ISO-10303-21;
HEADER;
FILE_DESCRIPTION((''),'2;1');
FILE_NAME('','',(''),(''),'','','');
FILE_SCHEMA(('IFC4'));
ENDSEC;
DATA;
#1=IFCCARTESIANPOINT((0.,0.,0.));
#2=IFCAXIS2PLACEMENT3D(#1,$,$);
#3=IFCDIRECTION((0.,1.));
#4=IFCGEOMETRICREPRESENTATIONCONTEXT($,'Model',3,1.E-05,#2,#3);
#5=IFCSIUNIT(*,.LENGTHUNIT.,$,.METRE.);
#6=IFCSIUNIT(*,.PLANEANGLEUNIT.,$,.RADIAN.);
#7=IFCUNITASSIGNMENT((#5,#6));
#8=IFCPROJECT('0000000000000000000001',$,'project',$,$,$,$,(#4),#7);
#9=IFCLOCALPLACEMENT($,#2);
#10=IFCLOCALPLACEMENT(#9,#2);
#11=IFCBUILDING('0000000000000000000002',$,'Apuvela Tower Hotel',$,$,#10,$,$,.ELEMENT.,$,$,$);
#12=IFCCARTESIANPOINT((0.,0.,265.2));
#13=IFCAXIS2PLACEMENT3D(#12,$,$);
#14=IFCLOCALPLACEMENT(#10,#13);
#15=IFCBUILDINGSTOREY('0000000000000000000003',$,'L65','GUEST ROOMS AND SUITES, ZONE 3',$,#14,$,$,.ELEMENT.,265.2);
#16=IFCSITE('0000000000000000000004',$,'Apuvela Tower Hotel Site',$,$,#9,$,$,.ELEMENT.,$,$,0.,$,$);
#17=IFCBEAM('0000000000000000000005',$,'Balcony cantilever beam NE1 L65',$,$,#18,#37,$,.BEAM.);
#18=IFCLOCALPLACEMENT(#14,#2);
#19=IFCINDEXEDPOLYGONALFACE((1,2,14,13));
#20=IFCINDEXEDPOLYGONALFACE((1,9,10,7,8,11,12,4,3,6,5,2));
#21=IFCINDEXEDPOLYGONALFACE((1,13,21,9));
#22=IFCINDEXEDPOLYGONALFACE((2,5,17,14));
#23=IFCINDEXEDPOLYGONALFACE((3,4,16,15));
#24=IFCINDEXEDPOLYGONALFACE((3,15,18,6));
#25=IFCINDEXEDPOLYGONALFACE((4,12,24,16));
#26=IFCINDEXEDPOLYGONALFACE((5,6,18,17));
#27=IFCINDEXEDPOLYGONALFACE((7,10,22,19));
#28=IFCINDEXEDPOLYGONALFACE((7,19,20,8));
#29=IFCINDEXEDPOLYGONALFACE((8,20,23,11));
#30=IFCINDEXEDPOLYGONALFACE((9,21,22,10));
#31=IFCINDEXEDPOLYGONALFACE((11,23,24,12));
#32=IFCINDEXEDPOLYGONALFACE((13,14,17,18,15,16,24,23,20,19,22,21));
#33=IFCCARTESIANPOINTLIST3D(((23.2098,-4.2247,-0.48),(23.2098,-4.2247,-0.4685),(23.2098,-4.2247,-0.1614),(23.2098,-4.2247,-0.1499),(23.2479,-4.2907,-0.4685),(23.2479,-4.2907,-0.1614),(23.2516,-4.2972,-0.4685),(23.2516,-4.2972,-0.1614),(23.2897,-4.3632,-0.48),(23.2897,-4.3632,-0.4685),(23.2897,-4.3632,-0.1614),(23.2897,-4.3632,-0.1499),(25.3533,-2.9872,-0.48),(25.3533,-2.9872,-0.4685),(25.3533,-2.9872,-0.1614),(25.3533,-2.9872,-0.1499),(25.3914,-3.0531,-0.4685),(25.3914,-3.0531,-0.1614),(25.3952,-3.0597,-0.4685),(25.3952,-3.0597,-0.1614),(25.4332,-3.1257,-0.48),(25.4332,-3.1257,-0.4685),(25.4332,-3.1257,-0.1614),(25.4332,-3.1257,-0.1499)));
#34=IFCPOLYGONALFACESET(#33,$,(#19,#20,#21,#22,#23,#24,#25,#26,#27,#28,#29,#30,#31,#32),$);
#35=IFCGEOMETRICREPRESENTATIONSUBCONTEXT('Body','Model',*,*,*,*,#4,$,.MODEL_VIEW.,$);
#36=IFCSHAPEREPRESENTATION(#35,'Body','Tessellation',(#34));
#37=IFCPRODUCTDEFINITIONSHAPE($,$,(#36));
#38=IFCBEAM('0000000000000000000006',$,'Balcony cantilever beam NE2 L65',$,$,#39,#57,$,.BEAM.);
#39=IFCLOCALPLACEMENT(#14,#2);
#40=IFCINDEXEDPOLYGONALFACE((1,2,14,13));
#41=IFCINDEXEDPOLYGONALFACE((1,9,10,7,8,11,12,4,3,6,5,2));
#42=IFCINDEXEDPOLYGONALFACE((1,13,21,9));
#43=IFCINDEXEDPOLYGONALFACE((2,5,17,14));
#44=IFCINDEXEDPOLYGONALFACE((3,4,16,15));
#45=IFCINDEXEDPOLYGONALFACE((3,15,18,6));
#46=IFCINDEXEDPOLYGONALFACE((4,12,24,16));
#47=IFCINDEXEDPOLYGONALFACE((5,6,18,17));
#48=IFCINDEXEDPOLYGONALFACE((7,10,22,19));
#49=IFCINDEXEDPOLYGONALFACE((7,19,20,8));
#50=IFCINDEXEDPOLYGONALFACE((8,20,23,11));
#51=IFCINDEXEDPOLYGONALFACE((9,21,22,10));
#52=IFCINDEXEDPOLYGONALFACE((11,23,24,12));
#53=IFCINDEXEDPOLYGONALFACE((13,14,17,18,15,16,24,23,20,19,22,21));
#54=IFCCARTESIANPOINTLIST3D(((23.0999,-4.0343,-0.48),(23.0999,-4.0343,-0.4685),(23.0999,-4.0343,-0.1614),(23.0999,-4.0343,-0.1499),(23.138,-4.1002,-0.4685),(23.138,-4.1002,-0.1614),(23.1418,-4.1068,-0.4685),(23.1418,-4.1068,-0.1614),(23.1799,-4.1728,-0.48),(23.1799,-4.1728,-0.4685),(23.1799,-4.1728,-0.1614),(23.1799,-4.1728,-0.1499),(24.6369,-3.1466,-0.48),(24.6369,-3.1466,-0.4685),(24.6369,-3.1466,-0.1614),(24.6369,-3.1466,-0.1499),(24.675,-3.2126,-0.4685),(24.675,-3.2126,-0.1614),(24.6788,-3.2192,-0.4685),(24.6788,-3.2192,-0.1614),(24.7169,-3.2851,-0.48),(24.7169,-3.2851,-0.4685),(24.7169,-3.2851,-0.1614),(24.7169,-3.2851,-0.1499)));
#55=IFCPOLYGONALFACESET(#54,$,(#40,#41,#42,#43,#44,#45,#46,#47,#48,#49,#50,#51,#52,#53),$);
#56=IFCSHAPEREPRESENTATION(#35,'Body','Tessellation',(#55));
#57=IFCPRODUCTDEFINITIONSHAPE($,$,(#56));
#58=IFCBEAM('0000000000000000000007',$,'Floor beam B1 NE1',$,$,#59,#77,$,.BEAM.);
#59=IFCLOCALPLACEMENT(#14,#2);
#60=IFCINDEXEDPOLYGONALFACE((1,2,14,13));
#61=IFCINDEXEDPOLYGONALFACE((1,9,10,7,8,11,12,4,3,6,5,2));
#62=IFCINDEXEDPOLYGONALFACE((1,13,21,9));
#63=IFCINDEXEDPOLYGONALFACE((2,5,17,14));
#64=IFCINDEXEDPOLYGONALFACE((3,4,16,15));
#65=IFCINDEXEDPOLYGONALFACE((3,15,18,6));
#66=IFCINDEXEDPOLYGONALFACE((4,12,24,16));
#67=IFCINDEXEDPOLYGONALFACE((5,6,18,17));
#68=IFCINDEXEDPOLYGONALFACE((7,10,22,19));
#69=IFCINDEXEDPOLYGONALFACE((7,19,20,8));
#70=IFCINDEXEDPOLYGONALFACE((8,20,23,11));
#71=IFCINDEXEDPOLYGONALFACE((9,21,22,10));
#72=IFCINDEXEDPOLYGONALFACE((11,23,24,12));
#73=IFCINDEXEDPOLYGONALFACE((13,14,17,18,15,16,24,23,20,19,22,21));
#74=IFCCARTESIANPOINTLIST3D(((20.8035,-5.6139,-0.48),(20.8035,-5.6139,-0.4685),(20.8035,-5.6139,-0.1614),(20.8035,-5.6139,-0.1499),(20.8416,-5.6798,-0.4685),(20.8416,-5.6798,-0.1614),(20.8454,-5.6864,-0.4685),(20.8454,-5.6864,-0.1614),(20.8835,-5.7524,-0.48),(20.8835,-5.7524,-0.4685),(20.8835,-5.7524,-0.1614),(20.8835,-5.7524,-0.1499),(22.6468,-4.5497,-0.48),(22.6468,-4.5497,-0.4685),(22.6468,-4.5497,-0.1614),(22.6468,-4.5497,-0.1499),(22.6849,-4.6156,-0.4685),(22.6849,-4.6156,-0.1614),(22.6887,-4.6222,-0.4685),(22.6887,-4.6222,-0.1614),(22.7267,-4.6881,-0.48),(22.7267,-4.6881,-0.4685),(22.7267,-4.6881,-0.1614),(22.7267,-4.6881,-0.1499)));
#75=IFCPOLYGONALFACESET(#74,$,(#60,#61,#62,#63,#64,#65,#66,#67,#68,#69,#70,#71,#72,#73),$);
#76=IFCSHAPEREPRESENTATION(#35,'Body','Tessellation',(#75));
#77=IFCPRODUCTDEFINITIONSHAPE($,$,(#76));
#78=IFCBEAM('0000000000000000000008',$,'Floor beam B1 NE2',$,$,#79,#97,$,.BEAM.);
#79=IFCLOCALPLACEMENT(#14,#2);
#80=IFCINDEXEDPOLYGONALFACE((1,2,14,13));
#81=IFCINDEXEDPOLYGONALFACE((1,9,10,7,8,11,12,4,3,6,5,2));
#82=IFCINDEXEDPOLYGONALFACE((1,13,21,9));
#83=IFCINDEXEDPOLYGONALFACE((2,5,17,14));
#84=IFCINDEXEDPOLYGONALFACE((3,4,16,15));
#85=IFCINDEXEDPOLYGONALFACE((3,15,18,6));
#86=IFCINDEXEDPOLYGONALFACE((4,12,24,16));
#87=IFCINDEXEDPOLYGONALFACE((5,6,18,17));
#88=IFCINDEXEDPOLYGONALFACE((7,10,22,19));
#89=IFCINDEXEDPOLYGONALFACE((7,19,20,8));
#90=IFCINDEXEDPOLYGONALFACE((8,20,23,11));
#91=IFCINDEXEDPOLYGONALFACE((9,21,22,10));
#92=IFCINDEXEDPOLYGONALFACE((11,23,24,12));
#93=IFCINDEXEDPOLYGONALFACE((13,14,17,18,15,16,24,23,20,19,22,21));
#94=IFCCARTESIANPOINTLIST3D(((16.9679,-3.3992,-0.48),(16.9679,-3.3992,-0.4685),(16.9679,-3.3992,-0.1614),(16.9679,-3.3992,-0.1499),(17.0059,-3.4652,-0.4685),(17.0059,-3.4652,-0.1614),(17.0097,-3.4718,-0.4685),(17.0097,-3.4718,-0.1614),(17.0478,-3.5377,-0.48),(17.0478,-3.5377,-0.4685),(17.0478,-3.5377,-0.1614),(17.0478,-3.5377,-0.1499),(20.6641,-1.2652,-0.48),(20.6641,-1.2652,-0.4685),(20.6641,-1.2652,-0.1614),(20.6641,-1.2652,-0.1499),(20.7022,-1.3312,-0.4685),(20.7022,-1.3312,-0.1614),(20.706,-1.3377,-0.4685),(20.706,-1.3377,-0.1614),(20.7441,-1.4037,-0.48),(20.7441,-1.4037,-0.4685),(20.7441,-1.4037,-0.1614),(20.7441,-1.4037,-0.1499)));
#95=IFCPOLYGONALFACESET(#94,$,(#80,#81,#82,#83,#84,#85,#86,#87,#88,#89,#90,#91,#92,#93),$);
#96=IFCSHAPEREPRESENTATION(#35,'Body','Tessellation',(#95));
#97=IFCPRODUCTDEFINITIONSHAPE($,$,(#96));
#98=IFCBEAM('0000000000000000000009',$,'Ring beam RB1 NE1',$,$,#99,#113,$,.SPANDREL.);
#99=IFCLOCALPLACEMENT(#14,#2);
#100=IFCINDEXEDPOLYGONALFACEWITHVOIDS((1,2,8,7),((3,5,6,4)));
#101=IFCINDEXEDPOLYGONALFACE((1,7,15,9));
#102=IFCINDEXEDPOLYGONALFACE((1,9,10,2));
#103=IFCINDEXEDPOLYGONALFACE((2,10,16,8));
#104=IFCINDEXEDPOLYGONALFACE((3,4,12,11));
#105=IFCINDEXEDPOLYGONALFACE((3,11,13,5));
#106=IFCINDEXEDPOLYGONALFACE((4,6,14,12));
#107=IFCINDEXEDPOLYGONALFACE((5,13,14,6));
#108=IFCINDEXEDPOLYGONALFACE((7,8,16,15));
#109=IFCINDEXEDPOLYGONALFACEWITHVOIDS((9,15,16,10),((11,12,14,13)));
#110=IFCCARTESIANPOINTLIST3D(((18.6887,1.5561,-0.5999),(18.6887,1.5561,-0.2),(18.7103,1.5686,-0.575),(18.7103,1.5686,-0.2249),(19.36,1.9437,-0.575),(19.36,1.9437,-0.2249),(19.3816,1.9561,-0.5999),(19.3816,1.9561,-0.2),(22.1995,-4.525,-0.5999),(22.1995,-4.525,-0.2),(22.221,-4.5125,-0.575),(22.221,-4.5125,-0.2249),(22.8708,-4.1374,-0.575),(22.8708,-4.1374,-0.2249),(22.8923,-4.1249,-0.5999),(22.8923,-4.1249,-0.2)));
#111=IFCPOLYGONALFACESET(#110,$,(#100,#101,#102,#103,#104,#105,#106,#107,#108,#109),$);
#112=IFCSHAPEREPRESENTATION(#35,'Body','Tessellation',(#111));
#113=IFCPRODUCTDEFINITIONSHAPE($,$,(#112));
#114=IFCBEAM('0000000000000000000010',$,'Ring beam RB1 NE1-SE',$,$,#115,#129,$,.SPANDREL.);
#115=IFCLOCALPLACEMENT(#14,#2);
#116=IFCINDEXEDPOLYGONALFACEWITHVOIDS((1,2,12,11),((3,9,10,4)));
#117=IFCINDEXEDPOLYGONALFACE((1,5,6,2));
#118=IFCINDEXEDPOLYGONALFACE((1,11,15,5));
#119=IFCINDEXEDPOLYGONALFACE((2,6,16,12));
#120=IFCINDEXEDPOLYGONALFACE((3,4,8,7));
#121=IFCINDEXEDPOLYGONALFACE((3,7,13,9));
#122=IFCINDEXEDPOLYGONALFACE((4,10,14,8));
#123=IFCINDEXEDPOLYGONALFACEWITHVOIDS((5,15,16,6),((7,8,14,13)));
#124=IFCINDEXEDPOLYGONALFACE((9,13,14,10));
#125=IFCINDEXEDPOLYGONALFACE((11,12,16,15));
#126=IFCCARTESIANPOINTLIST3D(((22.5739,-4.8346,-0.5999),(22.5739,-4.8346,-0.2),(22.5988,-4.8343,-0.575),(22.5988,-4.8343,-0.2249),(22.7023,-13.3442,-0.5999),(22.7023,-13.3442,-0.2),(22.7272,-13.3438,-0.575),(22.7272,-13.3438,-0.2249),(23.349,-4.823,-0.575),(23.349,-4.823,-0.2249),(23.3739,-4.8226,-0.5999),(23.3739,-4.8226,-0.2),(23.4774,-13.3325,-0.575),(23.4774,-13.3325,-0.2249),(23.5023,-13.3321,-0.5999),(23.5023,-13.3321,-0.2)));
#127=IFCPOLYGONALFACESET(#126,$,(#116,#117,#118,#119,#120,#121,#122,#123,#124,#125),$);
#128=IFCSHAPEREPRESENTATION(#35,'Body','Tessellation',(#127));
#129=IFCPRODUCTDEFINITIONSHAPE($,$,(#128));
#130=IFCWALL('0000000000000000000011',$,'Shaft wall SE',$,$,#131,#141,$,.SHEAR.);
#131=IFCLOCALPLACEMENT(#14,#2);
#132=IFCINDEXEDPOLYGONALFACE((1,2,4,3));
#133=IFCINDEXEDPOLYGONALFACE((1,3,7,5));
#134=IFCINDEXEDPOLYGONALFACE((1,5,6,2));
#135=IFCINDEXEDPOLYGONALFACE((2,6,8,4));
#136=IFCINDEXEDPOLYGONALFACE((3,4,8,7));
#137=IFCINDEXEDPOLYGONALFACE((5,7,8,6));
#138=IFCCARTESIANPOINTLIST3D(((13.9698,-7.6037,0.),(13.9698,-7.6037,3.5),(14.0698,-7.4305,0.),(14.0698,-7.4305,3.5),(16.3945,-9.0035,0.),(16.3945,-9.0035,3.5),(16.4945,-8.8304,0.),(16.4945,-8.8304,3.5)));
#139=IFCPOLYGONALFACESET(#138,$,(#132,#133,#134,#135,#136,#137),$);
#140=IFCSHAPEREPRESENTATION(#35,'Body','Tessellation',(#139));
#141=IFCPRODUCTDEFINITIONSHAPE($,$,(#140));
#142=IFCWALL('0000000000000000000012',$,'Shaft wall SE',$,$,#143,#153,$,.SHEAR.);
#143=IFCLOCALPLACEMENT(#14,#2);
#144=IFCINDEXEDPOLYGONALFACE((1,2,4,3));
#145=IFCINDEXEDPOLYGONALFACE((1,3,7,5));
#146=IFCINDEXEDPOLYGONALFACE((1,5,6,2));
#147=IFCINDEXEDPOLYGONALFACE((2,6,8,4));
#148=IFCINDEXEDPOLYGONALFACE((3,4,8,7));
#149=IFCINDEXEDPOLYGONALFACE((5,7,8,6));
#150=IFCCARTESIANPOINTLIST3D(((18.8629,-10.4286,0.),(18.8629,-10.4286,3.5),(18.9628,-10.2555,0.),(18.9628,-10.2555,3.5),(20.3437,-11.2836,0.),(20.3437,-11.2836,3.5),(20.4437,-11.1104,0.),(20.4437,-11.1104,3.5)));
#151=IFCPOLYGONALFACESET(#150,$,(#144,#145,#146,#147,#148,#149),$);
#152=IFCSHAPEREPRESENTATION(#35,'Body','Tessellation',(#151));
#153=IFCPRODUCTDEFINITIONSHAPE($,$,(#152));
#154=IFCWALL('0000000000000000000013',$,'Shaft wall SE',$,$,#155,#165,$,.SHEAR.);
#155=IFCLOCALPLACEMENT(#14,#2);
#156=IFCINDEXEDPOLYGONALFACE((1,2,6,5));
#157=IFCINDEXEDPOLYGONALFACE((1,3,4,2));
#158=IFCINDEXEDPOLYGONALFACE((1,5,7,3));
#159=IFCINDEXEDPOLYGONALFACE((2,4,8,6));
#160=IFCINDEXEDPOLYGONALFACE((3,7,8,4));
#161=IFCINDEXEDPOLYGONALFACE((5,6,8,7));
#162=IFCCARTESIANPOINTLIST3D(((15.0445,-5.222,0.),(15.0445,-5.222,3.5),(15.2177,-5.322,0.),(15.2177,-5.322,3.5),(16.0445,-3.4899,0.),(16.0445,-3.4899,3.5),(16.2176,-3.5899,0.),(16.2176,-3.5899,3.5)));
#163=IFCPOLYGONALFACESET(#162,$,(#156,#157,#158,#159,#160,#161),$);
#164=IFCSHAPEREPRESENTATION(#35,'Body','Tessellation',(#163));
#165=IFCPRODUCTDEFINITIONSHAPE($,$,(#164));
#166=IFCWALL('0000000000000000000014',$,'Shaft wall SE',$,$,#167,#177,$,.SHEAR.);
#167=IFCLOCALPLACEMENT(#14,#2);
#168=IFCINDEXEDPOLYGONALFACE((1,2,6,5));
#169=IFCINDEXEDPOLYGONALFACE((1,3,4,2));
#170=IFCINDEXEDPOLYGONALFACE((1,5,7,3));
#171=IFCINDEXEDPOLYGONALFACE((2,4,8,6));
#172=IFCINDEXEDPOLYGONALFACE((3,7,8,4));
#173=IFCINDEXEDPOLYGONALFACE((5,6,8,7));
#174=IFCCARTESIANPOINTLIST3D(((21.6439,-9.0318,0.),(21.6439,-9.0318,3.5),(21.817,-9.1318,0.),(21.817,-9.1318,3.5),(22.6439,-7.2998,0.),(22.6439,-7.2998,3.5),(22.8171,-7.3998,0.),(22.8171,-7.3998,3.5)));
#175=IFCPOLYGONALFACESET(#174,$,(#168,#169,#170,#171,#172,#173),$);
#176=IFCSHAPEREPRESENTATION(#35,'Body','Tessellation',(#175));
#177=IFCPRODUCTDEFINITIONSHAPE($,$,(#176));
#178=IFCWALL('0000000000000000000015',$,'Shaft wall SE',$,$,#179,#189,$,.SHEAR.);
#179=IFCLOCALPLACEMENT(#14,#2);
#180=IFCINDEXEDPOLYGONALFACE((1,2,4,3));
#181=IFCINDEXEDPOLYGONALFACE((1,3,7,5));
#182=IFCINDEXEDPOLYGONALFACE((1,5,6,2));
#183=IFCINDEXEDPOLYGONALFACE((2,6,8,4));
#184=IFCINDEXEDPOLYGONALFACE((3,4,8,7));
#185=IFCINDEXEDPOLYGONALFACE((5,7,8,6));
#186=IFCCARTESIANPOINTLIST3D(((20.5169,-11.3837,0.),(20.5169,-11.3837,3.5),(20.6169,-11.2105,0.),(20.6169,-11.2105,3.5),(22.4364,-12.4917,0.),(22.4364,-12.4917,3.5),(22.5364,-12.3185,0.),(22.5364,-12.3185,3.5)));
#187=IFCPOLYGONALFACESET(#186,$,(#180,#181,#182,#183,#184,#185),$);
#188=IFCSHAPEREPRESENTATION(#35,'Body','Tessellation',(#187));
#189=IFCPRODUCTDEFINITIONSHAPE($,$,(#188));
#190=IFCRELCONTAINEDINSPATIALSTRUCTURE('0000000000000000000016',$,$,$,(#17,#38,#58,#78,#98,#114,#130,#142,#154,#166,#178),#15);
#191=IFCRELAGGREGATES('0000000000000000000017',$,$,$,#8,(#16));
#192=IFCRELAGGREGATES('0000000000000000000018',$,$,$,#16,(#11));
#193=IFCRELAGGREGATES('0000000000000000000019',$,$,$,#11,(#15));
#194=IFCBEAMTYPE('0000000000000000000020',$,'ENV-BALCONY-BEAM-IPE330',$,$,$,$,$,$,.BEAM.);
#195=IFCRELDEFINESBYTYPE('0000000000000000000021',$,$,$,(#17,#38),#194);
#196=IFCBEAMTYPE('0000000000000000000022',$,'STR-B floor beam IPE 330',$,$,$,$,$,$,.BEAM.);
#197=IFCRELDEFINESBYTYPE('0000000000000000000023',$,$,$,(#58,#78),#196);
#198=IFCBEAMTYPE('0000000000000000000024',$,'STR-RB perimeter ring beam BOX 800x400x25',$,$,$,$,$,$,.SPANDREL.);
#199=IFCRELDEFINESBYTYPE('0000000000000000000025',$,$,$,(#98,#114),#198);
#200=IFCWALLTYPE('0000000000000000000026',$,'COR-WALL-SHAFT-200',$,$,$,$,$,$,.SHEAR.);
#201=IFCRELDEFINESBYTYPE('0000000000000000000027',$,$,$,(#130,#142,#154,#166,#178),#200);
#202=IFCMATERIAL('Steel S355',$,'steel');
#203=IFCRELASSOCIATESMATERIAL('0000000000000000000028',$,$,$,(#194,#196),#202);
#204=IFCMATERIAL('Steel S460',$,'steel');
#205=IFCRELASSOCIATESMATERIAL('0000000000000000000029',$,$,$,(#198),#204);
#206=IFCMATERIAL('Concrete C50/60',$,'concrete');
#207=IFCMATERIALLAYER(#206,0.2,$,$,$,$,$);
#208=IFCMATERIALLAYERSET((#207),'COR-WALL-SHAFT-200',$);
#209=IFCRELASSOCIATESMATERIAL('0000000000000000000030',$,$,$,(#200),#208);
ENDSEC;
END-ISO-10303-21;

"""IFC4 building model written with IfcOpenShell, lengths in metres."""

from ifc_helpers import new_model, si_unit, direction, frame, frame_2d, origin, origin_2d, place, context, subcontext, project, spatial, rectangle, hollow_rectangle, i_section, extrude, material, layer, layer_set, material_profile, profile_set, type_object, element, save


model = new_model("IFC4")

# Units and contexts
model_context = context("Model", 3, precision=1e-05, world=origin(), true_north=direction((0.0, 1.0)))
body_context = subcontext(model_context, "Body", "Model", "MODEL_VIEW")
ifc_project = project(units=[si_unit("LENGTHUNIT", "METRE"), si_unit("PLANEANGLEUNIT", "RADIAN")], contexts=[model_context])

# Site, building, storey
site_placement = place(None, origin())
site = spatial("IfcSite", under=ifc_project, at=site_placement, Name="Apuvela Tower Hotel Site", CompositionType="ELEMENT", RefElevation=0.0)
building_placement = place(site_placement, origin())
building = spatial("IfcBuilding", under=site, at=building_placement, Name="Apuvela Tower Hotel", CompositionType="ELEMENT")
storey_placement = place(building_placement, frame((0.0, 0.0, 265.2)))
storey = spatial("IfcBuildingStorey", under=building, at=storey_placement, Name="L65", Description="GUEST ROOMS AND SUITES, ZONE 3", CompositionType="ELEMENT", Elevation=265.2)

# Shared definitions
ifc_material_1 = material(Name="Steel S460", Category="steel")

# Beams
ifc_material_2 = material(Name="Steel S355", Category="steel")
ifc_material_profile_1 = material_profile(ifc_material_2, i_section(OverallWidth=0.1599, OverallDepth=0.3301, WebThickness=0.0076, FlangeThickness=0.0115, at=origin_2d()), Name="IPE 330")
ifc_profile_set_1 = profile_set([ifc_material_profile_1], Name="Steel S355")
beam_type_1 = type_object("IfcBeamType", Name="ENV-BALCONY-BEAM-IPE330", PredefinedType="BEAM", material=ifc_profile_set_1)
beam_1_placement = place(storey_placement, frame((23.2498, -4.2939, -0.3149), z_axis=(0.866031, 0.49999, 0.0), x_axis=(-0.49999, 0.866031, 0.0)))
element("IfcBeam", 1, at=beam_1_placement, inside=storey, type_object=beam_type_1, Name="Balcony cantilever beam NE1 L65", PredefinedType="BEAM", context=body_context, shape_type="SweptSolid", body=[
    extrude(i_section(OverallWidth=0.1599, OverallDepth=0.3301, WebThickness=0.0076, FlangeThickness=0.0115, at=origin_2d()), origin(), (0.0, 0.0, 1.0), 2.4751),
])
beam_2_placement = place(storey_placement, frame((23.1399, -4.1035, -0.3149), z_axis=(0.865966, 0.500103, 0.0), x_axis=(-0.500103, 0.865966, 0.0)))
element("IfcBeam", 2, at=beam_2_placement, inside=storey, type_object=beam_type_1, Name="Balcony cantilever beam NE2 L65", PredefinedType="BEAM", context=body_context, shape_type="SweptSolid", body=[
    extrude(i_section(OverallWidth=0.1599, OverallDepth=0.3301, WebThickness=0.0076, FlangeThickness=0.0115, at=origin_2d()), origin(), (0.0, 0.0, 1.0), 1.7749),
])
ifc_material_profile_2 = material_profile(ifc_material_2, i_section(OverallWidth=0.1599, OverallDepth=0.3301, WebThickness=0.0076, FlangeThickness=0.0115, at=origin_2d()), Name="IPE 330")
ifc_profile_set_2 = profile_set([ifc_material_profile_2], Name="Steel S355")
beam_type_2 = type_object("IfcBeamType", Name="STR-B floor beam IPE 330", PredefinedType="BEAM", material=ifc_profile_set_2)
beam_3_placement = place(storey_placement, frame((22.6868, -4.6189, -0.3149), z_axis=(-0.866025, -0.5, 0.0), x_axis=(0.5, -0.866025, 0.0)))
element("IfcBeam", 3, at=beam_3_placement, inside=storey, type_object=beam_type_2, Name="Floor beam B1 NE1", PredefinedType="BEAM", context=body_context, shape_type="SweptSolid", body=[
    extrude(i_section(OverallWidth=0.1599, OverallDepth=0.3301, WebThickness=0.0076, FlangeThickness=0.0115, at=origin_2d()), origin(), (0.0, 0.0, 1.0), 2.1284),
])
beam_4_placement = place(storey_placement, frame((20.7041, -1.3345, -0.3149), z_axis=(-0.866027, -0.499996, 0.0), x_axis=(0.499996, -0.866027, 0.0)))
element("IfcBeam", 4, at=beam_4_placement, inside=storey, type_object=beam_type_2, Name="Floor beam B1 NE2", PredefinedType="BEAM", context=body_context, shape_type="SweptSolid", body=[
    extrude(i_section(OverallWidth=0.1599, OverallDepth=0.3301, WebThickness=0.0076, FlangeThickness=0.0115, at=origin_2d()), origin(), (0.0, 0.0, 1.0), 4.2681),
])
ifc_material_profile_3 = material_profile(ifc_material_1, hollow_rectangle(XDim=0.8, YDim=0.3999, WallThickness=0.0249, at=origin_2d()), Name="BOX 800x400x25")
ifc_profile_set_3 = profile_set([ifc_material_profile_3], Name="Steel S460")
beam_type_3 = type_object("IfcBeamType", Name="STR-RB perimeter ring beam BOX 800x400x25", PredefinedType="SPANDREL", material=ifc_profile_set_3)
beam_5_placement = place(storey_placement, frame((22.5459, -4.325, -0.3999), z_axis=(-0.499983, 0.866035, 0.0), x_axis=(-0.866035, -0.499983, 0.0)))
element("IfcBeam", 5, at=beam_5_placement, inside=storey, type_object=beam_type_3, Name="Ring beam RB1 NE1", PredefinedType="SPANDREL", context=body_context, shape_type="SweptSolid", body=[
    extrude(hollow_rectangle(XDim=0.8, YDim=0.3999, WallThickness=0.0249, at=origin_2d()), origin(), (0.0, 0.0, 1.0), 7.0217),
])
beam_6_placement = place(storey_placement, frame((22.9739, -4.8286, -0.3999), z_axis=(0.015089, -0.999886, 0.0), x_axis=(0.999886, 0.015089, 0.0)))
element("IfcBeam", 6, at=beam_6_placement, inside=storey, type_object=beam_type_3, Name="Ring beam RB1 NE1-SE", PredefinedType="SPANDREL", context=body_context, shape_type="SweptSolid", body=[
    extrude(hollow_rectangle(XDim=0.8, YDim=0.3999, WallThickness=0.0249, at=origin_2d()), origin(), (0.0, 0.0, 1.0), 8.5105),
])

# Walls
ifc_material_3 = material(Name="Concrete C50/60", Category="concrete")
ifc_layer_1 = layer(ifc_material_3, 0.2)
ifc_layer_set_1 = layer_set([ifc_layer_1], Name="COR-WALL-SHAFT-200")
wall_type_1 = type_object("IfcWallType", Name="COR-WALL-SHAFT-200", PredefinedType="SHEAR", material=ifc_layer_set_1)
wall_1_placement = place(storey_placement, frame((14.0198, -7.5171, 0.0), z_axis=(0.0, 0.0, 1.0), x_axis=(0.866035, -0.499984, 0.0)))
element("IfcWall", 7, at=wall_1_placement, inside=storey, type_object=wall_type_1, Name="Shaft wall SE", PredefinedType="SHEAR", context=body_context, shape_type="SweptSolid", body=[
    extrude(rectangle(XDim=2.7998, YDim=0.2, at=frame_2d((1.3999, 0.0))), origin(), (0.0, 0.0, 1.0), 3.5),
])
wall_2_placement = place(storey_placement, frame((18.9128, -10.342, 0.0), z_axis=(0.0, 0.0, 1.0), x_axis=(0.866038, -0.499978, 0.0)))
element("IfcWall", 8, at=wall_2_placement, inside=storey, type_object=wall_type_1, Name="Shaft wall SE", PredefinedType="SHEAR", context=body_context, shape_type="SweptSolid", body=[
    extrude(rectangle(XDim=1.71, YDim=0.2, at=frame_2d((0.855, 0.0))), origin(), (0.0, 0.0, 1.0), 3.5),
])
for number, where, z_axis, x_axis, name in (
    (9, (15.1311, -5.272, 0.0), (0.0, 0.0, 1.0), (0.499973, 0.866041, 0.0), "Shaft wall SE"),
    (10, (21.7305, -9.0818, 0.0), (0.0, 0.0, 1.0), (0.500025, 0.866011, 0.0), "Shaft wall SE"),
):
    element("IfcWall", number, at=place(storey_placement, frame(where, z_axis=z_axis, x_axis=x_axis)), inside=storey, type_object=wall_type_1, Name=name, PredefinedType="SHEAR", context=body_context, shape_type="SweptSolid", body=[
        extrude(rectangle(XDim=2.0, YDim=0.2, at=frame_2d((1.0, 0.0))), origin(), (0.0, 0.0, 1.0), 3.5),
    ])
wall_3_placement = place(storey_placement, frame((20.5669, -11.2971, 0.0), z_axis=(0.0, 0.0, 1.0), x_axis=(0.866079, -0.499907, 0.0)))
element("IfcWall", 11, at=wall_3_placement, inside=storey, type_object=wall_type_1, Name="Shaft wall SE", PredefinedType="SHEAR", context=body_context, shape_type="SweptSolid", body=[
    extrude(rectangle(XDim=2.2163, YDim=0.2, at=frame_2d((1.1082, 0.0))), origin(), (0.0, 0.0, 1.0), 3.5),
])

save(model, "model.ifc")
